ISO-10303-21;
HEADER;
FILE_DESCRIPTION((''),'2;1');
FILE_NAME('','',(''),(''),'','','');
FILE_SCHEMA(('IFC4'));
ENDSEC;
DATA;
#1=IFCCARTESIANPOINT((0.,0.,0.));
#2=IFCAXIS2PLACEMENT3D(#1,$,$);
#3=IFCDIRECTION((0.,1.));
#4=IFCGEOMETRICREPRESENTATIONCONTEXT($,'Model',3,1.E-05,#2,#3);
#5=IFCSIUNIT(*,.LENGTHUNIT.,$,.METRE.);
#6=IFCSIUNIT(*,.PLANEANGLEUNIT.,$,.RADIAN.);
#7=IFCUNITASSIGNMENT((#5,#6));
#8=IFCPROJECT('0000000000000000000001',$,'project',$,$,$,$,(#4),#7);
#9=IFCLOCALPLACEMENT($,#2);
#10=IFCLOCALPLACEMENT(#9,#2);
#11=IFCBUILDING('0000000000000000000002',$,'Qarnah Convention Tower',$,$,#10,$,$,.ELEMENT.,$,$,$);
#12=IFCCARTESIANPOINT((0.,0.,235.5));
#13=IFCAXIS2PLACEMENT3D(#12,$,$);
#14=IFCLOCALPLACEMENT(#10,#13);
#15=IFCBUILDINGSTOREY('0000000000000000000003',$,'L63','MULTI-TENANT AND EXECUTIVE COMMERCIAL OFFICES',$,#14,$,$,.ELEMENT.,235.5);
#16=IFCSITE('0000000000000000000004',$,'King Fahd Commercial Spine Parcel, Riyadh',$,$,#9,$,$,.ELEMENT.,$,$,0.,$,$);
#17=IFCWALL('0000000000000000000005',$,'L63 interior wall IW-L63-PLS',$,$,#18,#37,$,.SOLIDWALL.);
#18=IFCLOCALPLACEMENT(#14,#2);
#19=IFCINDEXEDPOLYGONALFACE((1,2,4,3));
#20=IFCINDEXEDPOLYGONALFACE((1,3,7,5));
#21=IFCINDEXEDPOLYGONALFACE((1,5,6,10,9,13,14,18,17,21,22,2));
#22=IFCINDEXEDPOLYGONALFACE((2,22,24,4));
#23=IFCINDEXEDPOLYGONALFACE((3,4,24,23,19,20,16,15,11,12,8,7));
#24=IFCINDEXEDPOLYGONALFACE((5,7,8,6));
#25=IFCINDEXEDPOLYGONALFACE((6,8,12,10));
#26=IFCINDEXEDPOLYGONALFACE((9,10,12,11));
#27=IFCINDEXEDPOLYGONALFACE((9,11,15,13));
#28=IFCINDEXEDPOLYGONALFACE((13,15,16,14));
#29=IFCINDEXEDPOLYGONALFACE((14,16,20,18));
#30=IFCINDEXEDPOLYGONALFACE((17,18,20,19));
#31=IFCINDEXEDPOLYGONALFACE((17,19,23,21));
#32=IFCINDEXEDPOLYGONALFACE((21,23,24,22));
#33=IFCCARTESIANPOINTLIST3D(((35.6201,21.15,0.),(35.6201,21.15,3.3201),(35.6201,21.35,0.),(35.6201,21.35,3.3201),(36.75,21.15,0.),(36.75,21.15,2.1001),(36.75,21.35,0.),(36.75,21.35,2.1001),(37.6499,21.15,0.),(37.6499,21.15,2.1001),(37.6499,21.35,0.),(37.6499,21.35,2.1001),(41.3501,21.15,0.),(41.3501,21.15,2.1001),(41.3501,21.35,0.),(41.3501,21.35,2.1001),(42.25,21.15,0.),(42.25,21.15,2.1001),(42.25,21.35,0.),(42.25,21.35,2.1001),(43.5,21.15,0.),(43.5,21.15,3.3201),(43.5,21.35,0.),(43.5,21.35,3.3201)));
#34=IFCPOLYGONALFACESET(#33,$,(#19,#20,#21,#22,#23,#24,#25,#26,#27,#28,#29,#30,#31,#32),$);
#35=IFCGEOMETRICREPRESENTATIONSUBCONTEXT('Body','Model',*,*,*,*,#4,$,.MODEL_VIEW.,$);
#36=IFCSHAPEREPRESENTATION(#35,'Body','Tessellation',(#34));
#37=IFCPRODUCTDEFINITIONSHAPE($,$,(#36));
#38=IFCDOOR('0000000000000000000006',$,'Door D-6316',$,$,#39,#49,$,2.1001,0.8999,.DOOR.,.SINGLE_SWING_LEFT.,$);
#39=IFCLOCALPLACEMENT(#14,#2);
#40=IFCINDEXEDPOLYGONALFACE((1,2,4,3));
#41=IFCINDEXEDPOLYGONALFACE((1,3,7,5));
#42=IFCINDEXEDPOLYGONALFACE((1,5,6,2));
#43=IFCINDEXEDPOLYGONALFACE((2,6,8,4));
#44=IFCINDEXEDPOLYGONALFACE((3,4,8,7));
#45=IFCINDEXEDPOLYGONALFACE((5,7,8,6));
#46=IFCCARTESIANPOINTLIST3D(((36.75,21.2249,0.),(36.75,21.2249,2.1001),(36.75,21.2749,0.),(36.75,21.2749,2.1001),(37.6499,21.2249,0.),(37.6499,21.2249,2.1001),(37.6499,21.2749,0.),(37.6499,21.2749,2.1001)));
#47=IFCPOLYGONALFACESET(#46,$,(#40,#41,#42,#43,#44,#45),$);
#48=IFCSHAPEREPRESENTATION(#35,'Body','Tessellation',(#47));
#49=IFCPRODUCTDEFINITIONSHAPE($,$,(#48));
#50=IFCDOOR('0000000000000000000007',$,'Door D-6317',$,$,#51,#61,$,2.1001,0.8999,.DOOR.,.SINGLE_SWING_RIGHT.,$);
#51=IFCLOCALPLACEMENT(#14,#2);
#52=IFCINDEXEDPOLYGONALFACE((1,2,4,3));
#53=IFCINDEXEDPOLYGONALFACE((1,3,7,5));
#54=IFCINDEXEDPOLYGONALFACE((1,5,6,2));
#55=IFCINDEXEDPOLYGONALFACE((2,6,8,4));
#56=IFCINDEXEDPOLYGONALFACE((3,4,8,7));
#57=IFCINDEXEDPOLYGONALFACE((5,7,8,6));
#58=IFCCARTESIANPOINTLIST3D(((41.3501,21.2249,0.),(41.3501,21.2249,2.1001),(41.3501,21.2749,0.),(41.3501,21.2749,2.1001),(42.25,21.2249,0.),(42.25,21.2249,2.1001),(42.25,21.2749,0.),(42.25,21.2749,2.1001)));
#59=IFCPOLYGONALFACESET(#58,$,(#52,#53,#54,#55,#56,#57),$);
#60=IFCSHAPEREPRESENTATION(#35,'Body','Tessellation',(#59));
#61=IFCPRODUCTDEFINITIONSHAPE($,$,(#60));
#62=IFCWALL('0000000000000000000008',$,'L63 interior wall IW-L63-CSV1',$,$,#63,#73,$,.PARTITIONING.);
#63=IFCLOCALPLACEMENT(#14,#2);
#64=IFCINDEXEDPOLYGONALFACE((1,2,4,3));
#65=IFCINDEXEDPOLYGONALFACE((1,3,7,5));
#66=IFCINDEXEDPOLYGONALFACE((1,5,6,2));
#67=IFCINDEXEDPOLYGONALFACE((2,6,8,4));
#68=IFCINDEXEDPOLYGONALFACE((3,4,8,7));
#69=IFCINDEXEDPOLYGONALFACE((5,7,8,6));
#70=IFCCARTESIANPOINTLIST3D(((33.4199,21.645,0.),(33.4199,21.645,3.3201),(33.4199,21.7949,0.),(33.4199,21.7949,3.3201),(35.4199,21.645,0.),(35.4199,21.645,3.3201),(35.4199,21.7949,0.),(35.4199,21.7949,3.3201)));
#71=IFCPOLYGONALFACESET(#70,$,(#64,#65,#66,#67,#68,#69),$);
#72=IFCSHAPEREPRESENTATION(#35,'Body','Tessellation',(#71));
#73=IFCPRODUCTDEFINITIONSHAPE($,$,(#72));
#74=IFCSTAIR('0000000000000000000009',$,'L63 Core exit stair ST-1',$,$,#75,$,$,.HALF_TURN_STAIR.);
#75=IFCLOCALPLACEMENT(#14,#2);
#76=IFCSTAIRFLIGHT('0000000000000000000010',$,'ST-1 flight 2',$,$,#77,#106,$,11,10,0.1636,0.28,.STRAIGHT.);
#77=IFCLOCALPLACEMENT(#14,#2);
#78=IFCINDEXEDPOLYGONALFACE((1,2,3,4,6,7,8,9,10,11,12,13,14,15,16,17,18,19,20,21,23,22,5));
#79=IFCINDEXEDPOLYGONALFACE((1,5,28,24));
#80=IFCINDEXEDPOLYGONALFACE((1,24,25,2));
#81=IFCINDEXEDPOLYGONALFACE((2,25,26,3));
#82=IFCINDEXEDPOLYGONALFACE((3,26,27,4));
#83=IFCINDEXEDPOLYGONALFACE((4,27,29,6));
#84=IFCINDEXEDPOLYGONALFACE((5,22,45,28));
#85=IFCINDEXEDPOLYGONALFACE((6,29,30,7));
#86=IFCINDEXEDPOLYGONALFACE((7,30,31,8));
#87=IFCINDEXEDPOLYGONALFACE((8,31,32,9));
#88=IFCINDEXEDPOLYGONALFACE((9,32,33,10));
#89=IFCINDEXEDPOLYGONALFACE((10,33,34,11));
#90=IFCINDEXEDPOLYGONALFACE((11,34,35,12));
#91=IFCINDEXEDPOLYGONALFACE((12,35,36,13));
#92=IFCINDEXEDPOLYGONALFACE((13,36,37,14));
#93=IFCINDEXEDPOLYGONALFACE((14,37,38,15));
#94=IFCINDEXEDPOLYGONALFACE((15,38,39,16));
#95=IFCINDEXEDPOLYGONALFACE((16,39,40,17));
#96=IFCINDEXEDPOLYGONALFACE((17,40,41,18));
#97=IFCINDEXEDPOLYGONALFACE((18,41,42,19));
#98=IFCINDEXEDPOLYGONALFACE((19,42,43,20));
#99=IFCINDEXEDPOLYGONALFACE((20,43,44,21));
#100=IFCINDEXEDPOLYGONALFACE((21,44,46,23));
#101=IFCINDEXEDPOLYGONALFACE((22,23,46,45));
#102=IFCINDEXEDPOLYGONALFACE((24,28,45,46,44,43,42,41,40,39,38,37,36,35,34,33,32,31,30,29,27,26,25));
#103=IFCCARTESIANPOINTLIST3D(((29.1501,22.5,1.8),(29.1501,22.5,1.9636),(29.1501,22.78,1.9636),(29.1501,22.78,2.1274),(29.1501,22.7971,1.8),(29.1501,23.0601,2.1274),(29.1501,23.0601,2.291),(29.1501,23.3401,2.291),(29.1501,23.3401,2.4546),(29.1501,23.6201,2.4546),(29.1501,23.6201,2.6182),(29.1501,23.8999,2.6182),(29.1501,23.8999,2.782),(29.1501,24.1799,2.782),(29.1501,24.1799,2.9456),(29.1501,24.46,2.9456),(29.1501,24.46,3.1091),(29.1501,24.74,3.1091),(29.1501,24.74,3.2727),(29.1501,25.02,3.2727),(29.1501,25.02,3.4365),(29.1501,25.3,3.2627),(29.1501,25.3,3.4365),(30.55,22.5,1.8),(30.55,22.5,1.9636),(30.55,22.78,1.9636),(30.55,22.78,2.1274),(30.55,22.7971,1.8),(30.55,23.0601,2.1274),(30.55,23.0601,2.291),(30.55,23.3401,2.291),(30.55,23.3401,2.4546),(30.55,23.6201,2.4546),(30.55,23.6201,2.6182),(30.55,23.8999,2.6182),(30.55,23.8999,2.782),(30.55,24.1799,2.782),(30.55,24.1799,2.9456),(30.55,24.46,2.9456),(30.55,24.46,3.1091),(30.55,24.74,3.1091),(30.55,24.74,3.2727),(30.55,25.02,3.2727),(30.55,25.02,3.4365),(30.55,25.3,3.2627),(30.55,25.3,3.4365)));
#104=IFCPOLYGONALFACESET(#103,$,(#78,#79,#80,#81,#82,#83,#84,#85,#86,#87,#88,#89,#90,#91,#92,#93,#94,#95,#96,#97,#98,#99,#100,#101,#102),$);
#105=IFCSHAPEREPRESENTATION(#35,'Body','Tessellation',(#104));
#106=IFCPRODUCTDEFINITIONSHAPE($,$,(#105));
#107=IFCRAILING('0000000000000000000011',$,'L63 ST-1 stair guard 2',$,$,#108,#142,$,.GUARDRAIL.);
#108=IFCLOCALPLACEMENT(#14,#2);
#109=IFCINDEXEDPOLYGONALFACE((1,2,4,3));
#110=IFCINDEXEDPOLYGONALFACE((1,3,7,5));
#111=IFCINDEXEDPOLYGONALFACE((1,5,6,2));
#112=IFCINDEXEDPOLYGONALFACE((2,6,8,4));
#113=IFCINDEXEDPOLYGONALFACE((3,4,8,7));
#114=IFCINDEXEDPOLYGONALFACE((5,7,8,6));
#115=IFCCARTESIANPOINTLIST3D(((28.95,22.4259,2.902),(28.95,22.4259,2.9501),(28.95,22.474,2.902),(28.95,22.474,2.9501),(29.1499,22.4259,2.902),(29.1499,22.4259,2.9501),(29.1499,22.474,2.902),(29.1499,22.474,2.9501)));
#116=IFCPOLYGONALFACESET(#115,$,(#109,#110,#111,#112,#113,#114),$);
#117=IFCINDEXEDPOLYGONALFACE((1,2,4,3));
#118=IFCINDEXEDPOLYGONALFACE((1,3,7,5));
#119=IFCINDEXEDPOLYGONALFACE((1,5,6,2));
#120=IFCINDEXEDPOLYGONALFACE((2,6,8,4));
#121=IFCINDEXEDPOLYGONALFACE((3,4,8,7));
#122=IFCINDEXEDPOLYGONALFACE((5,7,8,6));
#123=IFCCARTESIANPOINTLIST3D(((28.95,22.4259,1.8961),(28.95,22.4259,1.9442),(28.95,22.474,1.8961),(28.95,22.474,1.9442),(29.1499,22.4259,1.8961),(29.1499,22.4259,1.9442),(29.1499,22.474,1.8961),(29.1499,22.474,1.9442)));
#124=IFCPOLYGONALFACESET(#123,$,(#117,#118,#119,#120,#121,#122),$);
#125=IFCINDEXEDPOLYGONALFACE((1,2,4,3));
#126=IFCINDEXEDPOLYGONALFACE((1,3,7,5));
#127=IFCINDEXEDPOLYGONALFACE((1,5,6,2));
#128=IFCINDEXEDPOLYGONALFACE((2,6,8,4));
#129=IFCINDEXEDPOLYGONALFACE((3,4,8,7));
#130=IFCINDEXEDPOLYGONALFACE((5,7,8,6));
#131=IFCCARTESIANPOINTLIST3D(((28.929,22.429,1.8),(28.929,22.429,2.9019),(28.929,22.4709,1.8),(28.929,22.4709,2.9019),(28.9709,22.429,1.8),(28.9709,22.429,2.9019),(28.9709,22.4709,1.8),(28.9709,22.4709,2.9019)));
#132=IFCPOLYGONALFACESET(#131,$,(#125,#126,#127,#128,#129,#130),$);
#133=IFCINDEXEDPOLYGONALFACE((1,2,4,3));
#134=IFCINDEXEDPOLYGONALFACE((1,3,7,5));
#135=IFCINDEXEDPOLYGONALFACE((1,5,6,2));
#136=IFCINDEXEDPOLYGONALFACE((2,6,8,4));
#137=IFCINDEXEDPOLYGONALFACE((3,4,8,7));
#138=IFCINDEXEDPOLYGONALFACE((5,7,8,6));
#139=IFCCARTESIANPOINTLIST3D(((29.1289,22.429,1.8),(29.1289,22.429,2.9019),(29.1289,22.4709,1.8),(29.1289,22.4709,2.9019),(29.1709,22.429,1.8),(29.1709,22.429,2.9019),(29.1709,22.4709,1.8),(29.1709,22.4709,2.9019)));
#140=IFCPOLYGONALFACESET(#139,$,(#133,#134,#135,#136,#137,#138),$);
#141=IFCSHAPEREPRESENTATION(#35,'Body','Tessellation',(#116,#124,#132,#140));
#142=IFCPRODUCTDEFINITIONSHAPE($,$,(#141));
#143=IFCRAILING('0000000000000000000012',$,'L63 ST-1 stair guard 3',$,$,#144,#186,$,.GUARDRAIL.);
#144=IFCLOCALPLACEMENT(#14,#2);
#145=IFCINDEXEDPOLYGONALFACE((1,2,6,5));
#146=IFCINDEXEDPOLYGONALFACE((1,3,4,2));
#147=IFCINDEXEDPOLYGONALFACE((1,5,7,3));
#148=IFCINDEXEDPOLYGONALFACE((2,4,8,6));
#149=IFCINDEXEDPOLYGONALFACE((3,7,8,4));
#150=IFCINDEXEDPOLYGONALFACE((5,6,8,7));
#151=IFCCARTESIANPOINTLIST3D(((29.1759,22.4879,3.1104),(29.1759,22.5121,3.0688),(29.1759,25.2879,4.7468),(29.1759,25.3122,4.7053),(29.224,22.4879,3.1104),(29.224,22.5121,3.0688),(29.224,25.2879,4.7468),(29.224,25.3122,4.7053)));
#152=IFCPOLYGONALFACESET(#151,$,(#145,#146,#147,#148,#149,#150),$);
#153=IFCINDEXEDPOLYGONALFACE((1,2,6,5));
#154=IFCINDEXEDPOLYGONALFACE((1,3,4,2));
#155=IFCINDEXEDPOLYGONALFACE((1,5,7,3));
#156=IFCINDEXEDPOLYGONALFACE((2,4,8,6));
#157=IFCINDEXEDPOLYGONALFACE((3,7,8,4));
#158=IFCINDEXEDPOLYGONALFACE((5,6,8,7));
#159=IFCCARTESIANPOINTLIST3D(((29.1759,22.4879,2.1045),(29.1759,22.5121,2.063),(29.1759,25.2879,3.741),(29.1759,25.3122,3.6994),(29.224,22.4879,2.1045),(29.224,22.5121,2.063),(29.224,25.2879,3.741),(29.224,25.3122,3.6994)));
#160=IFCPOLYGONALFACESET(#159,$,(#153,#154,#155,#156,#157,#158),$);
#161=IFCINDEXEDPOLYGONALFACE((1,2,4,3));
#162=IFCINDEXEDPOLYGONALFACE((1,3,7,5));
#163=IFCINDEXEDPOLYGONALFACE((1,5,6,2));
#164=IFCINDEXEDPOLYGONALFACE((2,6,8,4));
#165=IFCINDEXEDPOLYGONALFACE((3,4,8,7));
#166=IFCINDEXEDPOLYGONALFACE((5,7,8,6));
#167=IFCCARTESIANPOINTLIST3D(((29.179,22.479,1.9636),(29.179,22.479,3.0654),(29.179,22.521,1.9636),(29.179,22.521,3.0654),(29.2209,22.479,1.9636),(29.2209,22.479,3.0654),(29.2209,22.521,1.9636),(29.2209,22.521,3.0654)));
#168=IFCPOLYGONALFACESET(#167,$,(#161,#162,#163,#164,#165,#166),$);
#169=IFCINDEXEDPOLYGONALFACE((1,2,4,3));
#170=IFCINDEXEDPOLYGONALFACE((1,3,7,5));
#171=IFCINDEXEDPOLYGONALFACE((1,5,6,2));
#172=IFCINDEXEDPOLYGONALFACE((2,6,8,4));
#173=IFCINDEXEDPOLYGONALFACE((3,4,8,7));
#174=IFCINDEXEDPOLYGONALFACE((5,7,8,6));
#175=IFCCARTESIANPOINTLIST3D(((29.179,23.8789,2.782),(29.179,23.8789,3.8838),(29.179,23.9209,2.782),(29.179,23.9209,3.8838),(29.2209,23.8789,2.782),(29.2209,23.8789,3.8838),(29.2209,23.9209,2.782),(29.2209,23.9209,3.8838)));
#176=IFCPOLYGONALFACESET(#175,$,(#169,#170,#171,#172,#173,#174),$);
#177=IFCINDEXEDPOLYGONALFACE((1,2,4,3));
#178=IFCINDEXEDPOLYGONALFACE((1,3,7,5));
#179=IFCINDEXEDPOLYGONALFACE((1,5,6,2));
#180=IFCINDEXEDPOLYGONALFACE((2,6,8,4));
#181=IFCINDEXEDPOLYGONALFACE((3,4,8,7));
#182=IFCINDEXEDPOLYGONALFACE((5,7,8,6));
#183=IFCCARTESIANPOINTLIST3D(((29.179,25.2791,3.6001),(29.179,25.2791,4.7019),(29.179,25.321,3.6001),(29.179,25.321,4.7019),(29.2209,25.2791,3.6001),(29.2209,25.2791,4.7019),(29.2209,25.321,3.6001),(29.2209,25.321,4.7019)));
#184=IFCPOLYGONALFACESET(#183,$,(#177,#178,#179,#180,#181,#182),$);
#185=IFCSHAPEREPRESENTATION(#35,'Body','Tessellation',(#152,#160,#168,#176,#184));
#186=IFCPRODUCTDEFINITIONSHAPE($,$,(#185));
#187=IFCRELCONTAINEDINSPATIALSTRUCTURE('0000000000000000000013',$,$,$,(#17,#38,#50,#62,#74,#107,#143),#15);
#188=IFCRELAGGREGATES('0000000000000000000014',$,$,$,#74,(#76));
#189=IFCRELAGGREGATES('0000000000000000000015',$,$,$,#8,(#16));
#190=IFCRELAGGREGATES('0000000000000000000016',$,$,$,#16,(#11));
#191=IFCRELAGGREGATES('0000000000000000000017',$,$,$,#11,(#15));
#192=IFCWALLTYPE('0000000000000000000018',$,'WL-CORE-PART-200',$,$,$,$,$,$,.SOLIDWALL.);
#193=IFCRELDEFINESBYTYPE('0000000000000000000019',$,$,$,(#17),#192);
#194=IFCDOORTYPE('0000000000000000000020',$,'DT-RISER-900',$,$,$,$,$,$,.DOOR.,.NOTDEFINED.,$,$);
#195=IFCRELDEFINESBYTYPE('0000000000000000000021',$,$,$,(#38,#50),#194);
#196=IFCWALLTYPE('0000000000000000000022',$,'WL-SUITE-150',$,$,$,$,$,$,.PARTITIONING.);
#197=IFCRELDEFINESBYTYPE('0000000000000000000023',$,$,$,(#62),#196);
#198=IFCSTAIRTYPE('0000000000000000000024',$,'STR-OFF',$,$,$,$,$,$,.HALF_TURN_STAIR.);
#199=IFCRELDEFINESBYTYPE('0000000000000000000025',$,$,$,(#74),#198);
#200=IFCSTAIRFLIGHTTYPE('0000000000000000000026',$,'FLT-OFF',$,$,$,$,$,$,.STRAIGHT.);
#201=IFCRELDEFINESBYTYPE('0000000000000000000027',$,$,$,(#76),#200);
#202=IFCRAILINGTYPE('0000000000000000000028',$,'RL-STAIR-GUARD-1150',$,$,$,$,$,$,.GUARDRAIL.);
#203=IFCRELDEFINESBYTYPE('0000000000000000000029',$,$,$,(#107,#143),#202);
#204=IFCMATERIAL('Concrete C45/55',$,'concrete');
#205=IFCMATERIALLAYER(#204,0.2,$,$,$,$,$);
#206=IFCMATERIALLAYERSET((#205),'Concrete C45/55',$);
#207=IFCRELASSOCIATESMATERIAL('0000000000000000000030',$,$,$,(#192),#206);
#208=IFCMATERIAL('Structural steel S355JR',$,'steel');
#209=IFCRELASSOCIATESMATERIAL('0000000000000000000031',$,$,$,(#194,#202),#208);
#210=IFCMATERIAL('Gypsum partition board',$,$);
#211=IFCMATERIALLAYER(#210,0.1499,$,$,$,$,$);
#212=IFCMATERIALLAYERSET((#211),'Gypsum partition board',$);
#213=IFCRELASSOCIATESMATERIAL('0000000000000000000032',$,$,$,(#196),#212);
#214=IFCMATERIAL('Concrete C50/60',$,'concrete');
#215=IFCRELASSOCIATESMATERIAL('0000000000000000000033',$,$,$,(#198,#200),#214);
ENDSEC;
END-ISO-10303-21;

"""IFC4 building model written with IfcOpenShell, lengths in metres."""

from ifc_helpers import new_model, si_unit, direction, frame, frame_2d, origin, origin_2d, place, context, subcontext, project, spatial, polyline, rectangle, outline, extrude, material, layer, layer_set, type_object, element, fill, aggregate, save


model = new_model("IFC4")

# Units and contexts
model_context = context("Model", 3, precision=1e-05, world=origin(), true_north=direction((0.0, 1.0)))
body_context = subcontext(model_context, "Body", "Model", "MODEL_VIEW")
ifc_project = project(units=[si_unit("LENGTHUNIT", "METRE"), si_unit("PLANEANGLEUNIT", "RADIAN")], contexts=[model_context])

# Site, building, storey
site_placement = place(None, origin())
site = spatial("IfcSite", under=ifc_project, at=site_placement, Name="King Fahd Commercial Spine Parcel, Riyadh", CompositionType="ELEMENT", RefElevation=0.0)
building_placement = place(site_placement, origin())
building = spatial("IfcBuilding", under=site, at=building_placement, Name="Qarnah Convention Tower", CompositionType="ELEMENT")
storey_placement = place(building_placement, frame((0.0, 0.0, 235.5)))
storey = spatial("IfcBuildingStorey", under=building, at=storey_placement, Name="L63", Description="MULTI-TENANT AND EXECUTIVE COMMERCIAL OFFICES", CompositionType="ELEMENT", Elevation=235.5)

# Shared definitions
ifc_material_1 = material(Name="Structural steel S355JR", Category="steel")

# Shared definitions
ifc_material_2 = material(Name="Concrete C45/55", Category="concrete")
ifc_layer_1 = layer(ifc_material_2, 0.2)
ifc_layer_set_1 = layer_set([ifc_layer_1], Name="Concrete C45/55")
wall_type_1 = type_object("IfcWallType", Name="WL-CORE-PART-200", PredefinedType="SOLIDWALL", material=ifc_layer_set_1)
door_type_1 = type_object("IfcDoorType", Name="DT-RISER-900", OperationType="NOTDEFINED", PredefinedType="DOOR", material=ifc_material_1)

# Wall, openings, doors
wall_1_placement = place(storey_placement, frame((35.6201, 21.25, 0.0), z_axis=(0.0, 0.0, 1.0), x_axis=(1.0, 0.0, 0.0)))
wall_1 = element("IfcWall", 1, at=wall_1_placement, inside=storey, type_object=wall_type_1, Name="L63 interior wall IW-L63-PLS", PredefinedType="SOLIDWALL", context=body_context, shape_type="SweptSolid", body=[
    extrude(rectangle(XDim=7.8799, YDim=0.2, at=frame_2d((3.9399, 0.0))), origin(), (0.0, 0.0, 1.0), 3.3201),
])
opening_1_placement = place(wall_1_placement, frame((1.1299, 0.0, 0.0)))
opening_1 = element("IfcOpeningElement", 2, at=opening_1_placement, cuts=wall_1, PredefinedType="OPENING", context=body_context, shape_type="SweptSolid", body=[
    extrude(rectangle(XDim=0.8999, YDim=2.1001, at=frame_2d((0.45, 1.05))), frame((0.0, 0.1099, 0.0), z_axis=(0.0, -1.0, 0.0), x_axis=(1.0, 0.0, 0.0)), (0.0, 0.0, 1.0), 0.22),
])
opening_2_placement = place(wall_1_placement, frame((5.73, 0.0, 0.0)))
opening_2 = element("IfcOpeningElement", 3, at=opening_2_placement, cuts=wall_1, PredefinedType="OPENING", context=body_context, shape_type="SweptSolid", body=[
    extrude(rectangle(XDim=0.8999, YDim=2.1001, at=frame_2d((0.45, 1.05))), frame((0.0, 0.1099, 0.0), z_axis=(0.0, -1.0, 0.0), x_axis=(1.0, 0.0, 0.0)), (0.0, 0.0, 1.0), 0.22),
])
door_1_placement = place(opening_1_placement, origin())
door_1 = element("IfcDoor", 4, at=door_1_placement, inside=storey, type_object=door_type_1, Name="Door D-6316", OperationType="SINGLE_SWING_LEFT", OverallHeight=2.1001, OverallWidth=0.8999, PredefinedType="DOOR", context=body_context, shape_type="SweptSolid", body=[
    extrude(rectangle(XDim=0.8999, YDim=2.1001, at=frame_2d((0.45, 1.05))), frame((0.0, 0.0249, 0.0), z_axis=(0.0, -1.0, 0.0), x_axis=(1.0, 0.0, 0.0)), (0.0, 0.0, 1.0), 0.05),
])
fill(opening_1, door_1)
door_2_placement = place(opening_2_placement, origin())
door_2 = element("IfcDoor", 5, at=door_2_placement, inside=storey, type_object=door_type_1, Name="Door D-6317", OperationType="SINGLE_SWING_RIGHT", OverallHeight=2.1001, OverallWidth=0.8999, PredefinedType="DOOR", context=body_context, shape_type="SweptSolid", body=[
    extrude(rectangle(XDim=0.8999, YDim=2.1001, at=frame_2d((0.45, 1.05))), frame((0.0, 0.0249, 0.0), z_axis=(0.0, -1.0, 0.0), x_axis=(1.0, 0.0, 0.0)), (0.0, 0.0, 1.0), 0.05),
])
fill(opening_2, door_2)

# Wall
ifc_material_3 = material(Name="Gypsum partition board")
ifc_layer_2 = layer(ifc_material_3, 0.1499)
ifc_layer_set_2 = layer_set([ifc_layer_2], Name="Gypsum partition board")
wall_type_2 = type_object("IfcWallType", Name="WL-SUITE-150", PredefinedType="PARTITIONING", material=ifc_layer_set_2)
wall_2_placement = place(storey_placement, frame((33.4199, 21.72, 0.0), z_axis=(0.0, 0.0, 1.0), x_axis=(1.0, 0.0, 0.0)))
element("IfcWall", 6, at=wall_2_placement, inside=storey, type_object=wall_type_2, Name="L63 interior wall IW-L63-CSV1", PredefinedType="PARTITIONING", context=body_context, shape_type="SweptSolid", body=[
    extrude(rectangle(XDim=2.0, YDim=0.1499, at=frame_2d((1.0, 0.0))), origin(), (0.0, 0.0, 1.0), 3.3201),
])

# Stair, stair flight
ifc_material_4 = material(Name="Concrete C50/60", Category="concrete")
stair_type = type_object("IfcStairType", Name="STR-OFF", PredefinedType="HALF_TURN_STAIR", material=ifc_material_4)
stair_placement = place(storey_placement, origin())
stair = element("IfcStair", 7, at=stair_placement, inside=storey, type_object=stair_type, Name="L63 Core exit stair ST-1", PredefinedType="HALF_TURN_STAIR")
stair_flight_type = type_object("IfcStairFlightType", Name="FLT-OFF", PredefinedType="STRAIGHT", material=ifc_material_4)
stair_flight_placement = place(storey_placement, frame((29.8501, 22.5, 1.8), z_axis=(0.0, 0.0, 1.0), x_axis=(0.0, 1.0, 0.0)))
stair_flight = element("IfcStairFlight", 8, at=stair_flight_placement, type_object=stair_flight_type, Name="ST-1 flight 2", NumberOfRisers=11, NumberOfTreads=10, PredefinedType="STRAIGHT", RiserHeight=0.1636, TreadLength=0.28, context=body_context, shape_type="SweptSolid", body=[
    extrude(outline(polyline([(0.0, 0.0), (0.0, 0.1636), (0.28, 0.1636), (0.28, 0.3274), (0.5601, 0.3274), (0.5601, 0.491), (0.8401, 0.491), (0.8401, 0.6545), (1.1201, 0.6545), (1.1201, 0.8181), (1.3999, 0.8181), (1.3999, 0.9819), (1.6799, 0.9819), (1.6799, 1.1455), (1.96, 1.1455), (1.96, 1.3091), (2.24, 1.3091), (2.24, 1.4727), (2.52, 1.4727), (2.52, 1.6365), (2.8, 1.6365), (2.8, 1.8), (2.8, 1.4626), (0.2971, 0.0), (0.0, 0.0)])), frame((0.0, 0.7, 0.0), z_axis=(0.0, -1.0, 0.0), x_axis=(1.0, 0.0, 0.0)), (0.0, 0.0, 1.0), 1.3999),
])
aggregate(stair, [stair_flight])

# Railings
railing_type_1 = type_object("IfcRailingType", Name="RL-STAIR-GUARD-1150", PredefinedType="GUARDRAIL", material=ifc_material_1)
railing_1_placement = place(storey_placement, frame((28.95, 22.45, 1.8)))
element("IfcRailing", 9, at=railing_1_placement, inside=storey, type_object=railing_type_1, Name="L63 ST-1 stair guard 2", PredefinedType="GUARDRAIL", context=body_context, shape_type="SweptSolid", body=[
    extrude(rectangle(XDim=0.0481, YDim=0.0481, at=origin_2d()), frame((0.0, 0.0, 1.126), z_axis=(1.0, 0.0, 0.0), x_axis=(0.0, 1.0, 0.0)), (0.0, 0.0, 1.0), 0.2),
    extrude(rectangle(XDim=0.0481, YDim=0.0481, at=origin_2d()), frame((0.0, 0.0, 0.1201), z_axis=(1.0, 0.0, 0.0), x_axis=(0.0, 1.0, 0.0)), (0.0, 0.0, 1.0), 0.2),
    extrude(rectangle(XDim=0.042, YDim=0.042, at=origin_2d()), origin(), (0.0, 0.0, 1.0), 1.1018),
    extrude(rectangle(XDim=0.042, YDim=0.042, at=origin_2d()), frame((0.2, 0.0, 0.0)), (0.0, 0.0, 1.0), 1.1018),
])
railing_2_placement = place(storey_placement, frame((29.2, 22.5, 1.9636)))
element("IfcRailing", 10, at=railing_2_placement, inside=storey, type_object=railing_type_1, Name="L63 ST-1 stair guard 3", PredefinedType="GUARDRAIL", context=body_context, shape_type="SweptSolid", body=[
    extrude(rectangle(XDim=0.0481, YDim=0.0481, at=origin_2d()), frame((0.0, 0.0, 1.126), z_axis=(0.0, 0.863361, 0.504587), x_axis=(-1.0, 0.0, 0.0)), (0.0, 0.0, 1.0), 3.2432),
    extrude(rectangle(XDim=0.0481, YDim=0.0481, at=origin_2d()), frame((0.0, 0.0, 0.1201), z_axis=(0.0, 0.863361, 0.504587), x_axis=(-1.0, 0.0, 0.0)), (0.0, 0.0, 1.0), 3.2432),
    extrude(rectangle(XDim=0.042, YDim=0.042, at=origin_2d()), origin(), (0.0, 0.0, 1.0), 1.1018),
    extrude(rectangle(XDim=0.042, YDim=0.042, at=origin_2d()), frame((0.0, 1.3999, 0.8184)), (0.0, 0.0, 1.0), 1.1018),
    extrude(rectangle(XDim=0.042, YDim=0.042, at=origin_2d()), frame((0.0, 2.8, 1.6365)), (0.0, 0.0, 1.0), 1.1018),
])

save(model, "model.ifc")
